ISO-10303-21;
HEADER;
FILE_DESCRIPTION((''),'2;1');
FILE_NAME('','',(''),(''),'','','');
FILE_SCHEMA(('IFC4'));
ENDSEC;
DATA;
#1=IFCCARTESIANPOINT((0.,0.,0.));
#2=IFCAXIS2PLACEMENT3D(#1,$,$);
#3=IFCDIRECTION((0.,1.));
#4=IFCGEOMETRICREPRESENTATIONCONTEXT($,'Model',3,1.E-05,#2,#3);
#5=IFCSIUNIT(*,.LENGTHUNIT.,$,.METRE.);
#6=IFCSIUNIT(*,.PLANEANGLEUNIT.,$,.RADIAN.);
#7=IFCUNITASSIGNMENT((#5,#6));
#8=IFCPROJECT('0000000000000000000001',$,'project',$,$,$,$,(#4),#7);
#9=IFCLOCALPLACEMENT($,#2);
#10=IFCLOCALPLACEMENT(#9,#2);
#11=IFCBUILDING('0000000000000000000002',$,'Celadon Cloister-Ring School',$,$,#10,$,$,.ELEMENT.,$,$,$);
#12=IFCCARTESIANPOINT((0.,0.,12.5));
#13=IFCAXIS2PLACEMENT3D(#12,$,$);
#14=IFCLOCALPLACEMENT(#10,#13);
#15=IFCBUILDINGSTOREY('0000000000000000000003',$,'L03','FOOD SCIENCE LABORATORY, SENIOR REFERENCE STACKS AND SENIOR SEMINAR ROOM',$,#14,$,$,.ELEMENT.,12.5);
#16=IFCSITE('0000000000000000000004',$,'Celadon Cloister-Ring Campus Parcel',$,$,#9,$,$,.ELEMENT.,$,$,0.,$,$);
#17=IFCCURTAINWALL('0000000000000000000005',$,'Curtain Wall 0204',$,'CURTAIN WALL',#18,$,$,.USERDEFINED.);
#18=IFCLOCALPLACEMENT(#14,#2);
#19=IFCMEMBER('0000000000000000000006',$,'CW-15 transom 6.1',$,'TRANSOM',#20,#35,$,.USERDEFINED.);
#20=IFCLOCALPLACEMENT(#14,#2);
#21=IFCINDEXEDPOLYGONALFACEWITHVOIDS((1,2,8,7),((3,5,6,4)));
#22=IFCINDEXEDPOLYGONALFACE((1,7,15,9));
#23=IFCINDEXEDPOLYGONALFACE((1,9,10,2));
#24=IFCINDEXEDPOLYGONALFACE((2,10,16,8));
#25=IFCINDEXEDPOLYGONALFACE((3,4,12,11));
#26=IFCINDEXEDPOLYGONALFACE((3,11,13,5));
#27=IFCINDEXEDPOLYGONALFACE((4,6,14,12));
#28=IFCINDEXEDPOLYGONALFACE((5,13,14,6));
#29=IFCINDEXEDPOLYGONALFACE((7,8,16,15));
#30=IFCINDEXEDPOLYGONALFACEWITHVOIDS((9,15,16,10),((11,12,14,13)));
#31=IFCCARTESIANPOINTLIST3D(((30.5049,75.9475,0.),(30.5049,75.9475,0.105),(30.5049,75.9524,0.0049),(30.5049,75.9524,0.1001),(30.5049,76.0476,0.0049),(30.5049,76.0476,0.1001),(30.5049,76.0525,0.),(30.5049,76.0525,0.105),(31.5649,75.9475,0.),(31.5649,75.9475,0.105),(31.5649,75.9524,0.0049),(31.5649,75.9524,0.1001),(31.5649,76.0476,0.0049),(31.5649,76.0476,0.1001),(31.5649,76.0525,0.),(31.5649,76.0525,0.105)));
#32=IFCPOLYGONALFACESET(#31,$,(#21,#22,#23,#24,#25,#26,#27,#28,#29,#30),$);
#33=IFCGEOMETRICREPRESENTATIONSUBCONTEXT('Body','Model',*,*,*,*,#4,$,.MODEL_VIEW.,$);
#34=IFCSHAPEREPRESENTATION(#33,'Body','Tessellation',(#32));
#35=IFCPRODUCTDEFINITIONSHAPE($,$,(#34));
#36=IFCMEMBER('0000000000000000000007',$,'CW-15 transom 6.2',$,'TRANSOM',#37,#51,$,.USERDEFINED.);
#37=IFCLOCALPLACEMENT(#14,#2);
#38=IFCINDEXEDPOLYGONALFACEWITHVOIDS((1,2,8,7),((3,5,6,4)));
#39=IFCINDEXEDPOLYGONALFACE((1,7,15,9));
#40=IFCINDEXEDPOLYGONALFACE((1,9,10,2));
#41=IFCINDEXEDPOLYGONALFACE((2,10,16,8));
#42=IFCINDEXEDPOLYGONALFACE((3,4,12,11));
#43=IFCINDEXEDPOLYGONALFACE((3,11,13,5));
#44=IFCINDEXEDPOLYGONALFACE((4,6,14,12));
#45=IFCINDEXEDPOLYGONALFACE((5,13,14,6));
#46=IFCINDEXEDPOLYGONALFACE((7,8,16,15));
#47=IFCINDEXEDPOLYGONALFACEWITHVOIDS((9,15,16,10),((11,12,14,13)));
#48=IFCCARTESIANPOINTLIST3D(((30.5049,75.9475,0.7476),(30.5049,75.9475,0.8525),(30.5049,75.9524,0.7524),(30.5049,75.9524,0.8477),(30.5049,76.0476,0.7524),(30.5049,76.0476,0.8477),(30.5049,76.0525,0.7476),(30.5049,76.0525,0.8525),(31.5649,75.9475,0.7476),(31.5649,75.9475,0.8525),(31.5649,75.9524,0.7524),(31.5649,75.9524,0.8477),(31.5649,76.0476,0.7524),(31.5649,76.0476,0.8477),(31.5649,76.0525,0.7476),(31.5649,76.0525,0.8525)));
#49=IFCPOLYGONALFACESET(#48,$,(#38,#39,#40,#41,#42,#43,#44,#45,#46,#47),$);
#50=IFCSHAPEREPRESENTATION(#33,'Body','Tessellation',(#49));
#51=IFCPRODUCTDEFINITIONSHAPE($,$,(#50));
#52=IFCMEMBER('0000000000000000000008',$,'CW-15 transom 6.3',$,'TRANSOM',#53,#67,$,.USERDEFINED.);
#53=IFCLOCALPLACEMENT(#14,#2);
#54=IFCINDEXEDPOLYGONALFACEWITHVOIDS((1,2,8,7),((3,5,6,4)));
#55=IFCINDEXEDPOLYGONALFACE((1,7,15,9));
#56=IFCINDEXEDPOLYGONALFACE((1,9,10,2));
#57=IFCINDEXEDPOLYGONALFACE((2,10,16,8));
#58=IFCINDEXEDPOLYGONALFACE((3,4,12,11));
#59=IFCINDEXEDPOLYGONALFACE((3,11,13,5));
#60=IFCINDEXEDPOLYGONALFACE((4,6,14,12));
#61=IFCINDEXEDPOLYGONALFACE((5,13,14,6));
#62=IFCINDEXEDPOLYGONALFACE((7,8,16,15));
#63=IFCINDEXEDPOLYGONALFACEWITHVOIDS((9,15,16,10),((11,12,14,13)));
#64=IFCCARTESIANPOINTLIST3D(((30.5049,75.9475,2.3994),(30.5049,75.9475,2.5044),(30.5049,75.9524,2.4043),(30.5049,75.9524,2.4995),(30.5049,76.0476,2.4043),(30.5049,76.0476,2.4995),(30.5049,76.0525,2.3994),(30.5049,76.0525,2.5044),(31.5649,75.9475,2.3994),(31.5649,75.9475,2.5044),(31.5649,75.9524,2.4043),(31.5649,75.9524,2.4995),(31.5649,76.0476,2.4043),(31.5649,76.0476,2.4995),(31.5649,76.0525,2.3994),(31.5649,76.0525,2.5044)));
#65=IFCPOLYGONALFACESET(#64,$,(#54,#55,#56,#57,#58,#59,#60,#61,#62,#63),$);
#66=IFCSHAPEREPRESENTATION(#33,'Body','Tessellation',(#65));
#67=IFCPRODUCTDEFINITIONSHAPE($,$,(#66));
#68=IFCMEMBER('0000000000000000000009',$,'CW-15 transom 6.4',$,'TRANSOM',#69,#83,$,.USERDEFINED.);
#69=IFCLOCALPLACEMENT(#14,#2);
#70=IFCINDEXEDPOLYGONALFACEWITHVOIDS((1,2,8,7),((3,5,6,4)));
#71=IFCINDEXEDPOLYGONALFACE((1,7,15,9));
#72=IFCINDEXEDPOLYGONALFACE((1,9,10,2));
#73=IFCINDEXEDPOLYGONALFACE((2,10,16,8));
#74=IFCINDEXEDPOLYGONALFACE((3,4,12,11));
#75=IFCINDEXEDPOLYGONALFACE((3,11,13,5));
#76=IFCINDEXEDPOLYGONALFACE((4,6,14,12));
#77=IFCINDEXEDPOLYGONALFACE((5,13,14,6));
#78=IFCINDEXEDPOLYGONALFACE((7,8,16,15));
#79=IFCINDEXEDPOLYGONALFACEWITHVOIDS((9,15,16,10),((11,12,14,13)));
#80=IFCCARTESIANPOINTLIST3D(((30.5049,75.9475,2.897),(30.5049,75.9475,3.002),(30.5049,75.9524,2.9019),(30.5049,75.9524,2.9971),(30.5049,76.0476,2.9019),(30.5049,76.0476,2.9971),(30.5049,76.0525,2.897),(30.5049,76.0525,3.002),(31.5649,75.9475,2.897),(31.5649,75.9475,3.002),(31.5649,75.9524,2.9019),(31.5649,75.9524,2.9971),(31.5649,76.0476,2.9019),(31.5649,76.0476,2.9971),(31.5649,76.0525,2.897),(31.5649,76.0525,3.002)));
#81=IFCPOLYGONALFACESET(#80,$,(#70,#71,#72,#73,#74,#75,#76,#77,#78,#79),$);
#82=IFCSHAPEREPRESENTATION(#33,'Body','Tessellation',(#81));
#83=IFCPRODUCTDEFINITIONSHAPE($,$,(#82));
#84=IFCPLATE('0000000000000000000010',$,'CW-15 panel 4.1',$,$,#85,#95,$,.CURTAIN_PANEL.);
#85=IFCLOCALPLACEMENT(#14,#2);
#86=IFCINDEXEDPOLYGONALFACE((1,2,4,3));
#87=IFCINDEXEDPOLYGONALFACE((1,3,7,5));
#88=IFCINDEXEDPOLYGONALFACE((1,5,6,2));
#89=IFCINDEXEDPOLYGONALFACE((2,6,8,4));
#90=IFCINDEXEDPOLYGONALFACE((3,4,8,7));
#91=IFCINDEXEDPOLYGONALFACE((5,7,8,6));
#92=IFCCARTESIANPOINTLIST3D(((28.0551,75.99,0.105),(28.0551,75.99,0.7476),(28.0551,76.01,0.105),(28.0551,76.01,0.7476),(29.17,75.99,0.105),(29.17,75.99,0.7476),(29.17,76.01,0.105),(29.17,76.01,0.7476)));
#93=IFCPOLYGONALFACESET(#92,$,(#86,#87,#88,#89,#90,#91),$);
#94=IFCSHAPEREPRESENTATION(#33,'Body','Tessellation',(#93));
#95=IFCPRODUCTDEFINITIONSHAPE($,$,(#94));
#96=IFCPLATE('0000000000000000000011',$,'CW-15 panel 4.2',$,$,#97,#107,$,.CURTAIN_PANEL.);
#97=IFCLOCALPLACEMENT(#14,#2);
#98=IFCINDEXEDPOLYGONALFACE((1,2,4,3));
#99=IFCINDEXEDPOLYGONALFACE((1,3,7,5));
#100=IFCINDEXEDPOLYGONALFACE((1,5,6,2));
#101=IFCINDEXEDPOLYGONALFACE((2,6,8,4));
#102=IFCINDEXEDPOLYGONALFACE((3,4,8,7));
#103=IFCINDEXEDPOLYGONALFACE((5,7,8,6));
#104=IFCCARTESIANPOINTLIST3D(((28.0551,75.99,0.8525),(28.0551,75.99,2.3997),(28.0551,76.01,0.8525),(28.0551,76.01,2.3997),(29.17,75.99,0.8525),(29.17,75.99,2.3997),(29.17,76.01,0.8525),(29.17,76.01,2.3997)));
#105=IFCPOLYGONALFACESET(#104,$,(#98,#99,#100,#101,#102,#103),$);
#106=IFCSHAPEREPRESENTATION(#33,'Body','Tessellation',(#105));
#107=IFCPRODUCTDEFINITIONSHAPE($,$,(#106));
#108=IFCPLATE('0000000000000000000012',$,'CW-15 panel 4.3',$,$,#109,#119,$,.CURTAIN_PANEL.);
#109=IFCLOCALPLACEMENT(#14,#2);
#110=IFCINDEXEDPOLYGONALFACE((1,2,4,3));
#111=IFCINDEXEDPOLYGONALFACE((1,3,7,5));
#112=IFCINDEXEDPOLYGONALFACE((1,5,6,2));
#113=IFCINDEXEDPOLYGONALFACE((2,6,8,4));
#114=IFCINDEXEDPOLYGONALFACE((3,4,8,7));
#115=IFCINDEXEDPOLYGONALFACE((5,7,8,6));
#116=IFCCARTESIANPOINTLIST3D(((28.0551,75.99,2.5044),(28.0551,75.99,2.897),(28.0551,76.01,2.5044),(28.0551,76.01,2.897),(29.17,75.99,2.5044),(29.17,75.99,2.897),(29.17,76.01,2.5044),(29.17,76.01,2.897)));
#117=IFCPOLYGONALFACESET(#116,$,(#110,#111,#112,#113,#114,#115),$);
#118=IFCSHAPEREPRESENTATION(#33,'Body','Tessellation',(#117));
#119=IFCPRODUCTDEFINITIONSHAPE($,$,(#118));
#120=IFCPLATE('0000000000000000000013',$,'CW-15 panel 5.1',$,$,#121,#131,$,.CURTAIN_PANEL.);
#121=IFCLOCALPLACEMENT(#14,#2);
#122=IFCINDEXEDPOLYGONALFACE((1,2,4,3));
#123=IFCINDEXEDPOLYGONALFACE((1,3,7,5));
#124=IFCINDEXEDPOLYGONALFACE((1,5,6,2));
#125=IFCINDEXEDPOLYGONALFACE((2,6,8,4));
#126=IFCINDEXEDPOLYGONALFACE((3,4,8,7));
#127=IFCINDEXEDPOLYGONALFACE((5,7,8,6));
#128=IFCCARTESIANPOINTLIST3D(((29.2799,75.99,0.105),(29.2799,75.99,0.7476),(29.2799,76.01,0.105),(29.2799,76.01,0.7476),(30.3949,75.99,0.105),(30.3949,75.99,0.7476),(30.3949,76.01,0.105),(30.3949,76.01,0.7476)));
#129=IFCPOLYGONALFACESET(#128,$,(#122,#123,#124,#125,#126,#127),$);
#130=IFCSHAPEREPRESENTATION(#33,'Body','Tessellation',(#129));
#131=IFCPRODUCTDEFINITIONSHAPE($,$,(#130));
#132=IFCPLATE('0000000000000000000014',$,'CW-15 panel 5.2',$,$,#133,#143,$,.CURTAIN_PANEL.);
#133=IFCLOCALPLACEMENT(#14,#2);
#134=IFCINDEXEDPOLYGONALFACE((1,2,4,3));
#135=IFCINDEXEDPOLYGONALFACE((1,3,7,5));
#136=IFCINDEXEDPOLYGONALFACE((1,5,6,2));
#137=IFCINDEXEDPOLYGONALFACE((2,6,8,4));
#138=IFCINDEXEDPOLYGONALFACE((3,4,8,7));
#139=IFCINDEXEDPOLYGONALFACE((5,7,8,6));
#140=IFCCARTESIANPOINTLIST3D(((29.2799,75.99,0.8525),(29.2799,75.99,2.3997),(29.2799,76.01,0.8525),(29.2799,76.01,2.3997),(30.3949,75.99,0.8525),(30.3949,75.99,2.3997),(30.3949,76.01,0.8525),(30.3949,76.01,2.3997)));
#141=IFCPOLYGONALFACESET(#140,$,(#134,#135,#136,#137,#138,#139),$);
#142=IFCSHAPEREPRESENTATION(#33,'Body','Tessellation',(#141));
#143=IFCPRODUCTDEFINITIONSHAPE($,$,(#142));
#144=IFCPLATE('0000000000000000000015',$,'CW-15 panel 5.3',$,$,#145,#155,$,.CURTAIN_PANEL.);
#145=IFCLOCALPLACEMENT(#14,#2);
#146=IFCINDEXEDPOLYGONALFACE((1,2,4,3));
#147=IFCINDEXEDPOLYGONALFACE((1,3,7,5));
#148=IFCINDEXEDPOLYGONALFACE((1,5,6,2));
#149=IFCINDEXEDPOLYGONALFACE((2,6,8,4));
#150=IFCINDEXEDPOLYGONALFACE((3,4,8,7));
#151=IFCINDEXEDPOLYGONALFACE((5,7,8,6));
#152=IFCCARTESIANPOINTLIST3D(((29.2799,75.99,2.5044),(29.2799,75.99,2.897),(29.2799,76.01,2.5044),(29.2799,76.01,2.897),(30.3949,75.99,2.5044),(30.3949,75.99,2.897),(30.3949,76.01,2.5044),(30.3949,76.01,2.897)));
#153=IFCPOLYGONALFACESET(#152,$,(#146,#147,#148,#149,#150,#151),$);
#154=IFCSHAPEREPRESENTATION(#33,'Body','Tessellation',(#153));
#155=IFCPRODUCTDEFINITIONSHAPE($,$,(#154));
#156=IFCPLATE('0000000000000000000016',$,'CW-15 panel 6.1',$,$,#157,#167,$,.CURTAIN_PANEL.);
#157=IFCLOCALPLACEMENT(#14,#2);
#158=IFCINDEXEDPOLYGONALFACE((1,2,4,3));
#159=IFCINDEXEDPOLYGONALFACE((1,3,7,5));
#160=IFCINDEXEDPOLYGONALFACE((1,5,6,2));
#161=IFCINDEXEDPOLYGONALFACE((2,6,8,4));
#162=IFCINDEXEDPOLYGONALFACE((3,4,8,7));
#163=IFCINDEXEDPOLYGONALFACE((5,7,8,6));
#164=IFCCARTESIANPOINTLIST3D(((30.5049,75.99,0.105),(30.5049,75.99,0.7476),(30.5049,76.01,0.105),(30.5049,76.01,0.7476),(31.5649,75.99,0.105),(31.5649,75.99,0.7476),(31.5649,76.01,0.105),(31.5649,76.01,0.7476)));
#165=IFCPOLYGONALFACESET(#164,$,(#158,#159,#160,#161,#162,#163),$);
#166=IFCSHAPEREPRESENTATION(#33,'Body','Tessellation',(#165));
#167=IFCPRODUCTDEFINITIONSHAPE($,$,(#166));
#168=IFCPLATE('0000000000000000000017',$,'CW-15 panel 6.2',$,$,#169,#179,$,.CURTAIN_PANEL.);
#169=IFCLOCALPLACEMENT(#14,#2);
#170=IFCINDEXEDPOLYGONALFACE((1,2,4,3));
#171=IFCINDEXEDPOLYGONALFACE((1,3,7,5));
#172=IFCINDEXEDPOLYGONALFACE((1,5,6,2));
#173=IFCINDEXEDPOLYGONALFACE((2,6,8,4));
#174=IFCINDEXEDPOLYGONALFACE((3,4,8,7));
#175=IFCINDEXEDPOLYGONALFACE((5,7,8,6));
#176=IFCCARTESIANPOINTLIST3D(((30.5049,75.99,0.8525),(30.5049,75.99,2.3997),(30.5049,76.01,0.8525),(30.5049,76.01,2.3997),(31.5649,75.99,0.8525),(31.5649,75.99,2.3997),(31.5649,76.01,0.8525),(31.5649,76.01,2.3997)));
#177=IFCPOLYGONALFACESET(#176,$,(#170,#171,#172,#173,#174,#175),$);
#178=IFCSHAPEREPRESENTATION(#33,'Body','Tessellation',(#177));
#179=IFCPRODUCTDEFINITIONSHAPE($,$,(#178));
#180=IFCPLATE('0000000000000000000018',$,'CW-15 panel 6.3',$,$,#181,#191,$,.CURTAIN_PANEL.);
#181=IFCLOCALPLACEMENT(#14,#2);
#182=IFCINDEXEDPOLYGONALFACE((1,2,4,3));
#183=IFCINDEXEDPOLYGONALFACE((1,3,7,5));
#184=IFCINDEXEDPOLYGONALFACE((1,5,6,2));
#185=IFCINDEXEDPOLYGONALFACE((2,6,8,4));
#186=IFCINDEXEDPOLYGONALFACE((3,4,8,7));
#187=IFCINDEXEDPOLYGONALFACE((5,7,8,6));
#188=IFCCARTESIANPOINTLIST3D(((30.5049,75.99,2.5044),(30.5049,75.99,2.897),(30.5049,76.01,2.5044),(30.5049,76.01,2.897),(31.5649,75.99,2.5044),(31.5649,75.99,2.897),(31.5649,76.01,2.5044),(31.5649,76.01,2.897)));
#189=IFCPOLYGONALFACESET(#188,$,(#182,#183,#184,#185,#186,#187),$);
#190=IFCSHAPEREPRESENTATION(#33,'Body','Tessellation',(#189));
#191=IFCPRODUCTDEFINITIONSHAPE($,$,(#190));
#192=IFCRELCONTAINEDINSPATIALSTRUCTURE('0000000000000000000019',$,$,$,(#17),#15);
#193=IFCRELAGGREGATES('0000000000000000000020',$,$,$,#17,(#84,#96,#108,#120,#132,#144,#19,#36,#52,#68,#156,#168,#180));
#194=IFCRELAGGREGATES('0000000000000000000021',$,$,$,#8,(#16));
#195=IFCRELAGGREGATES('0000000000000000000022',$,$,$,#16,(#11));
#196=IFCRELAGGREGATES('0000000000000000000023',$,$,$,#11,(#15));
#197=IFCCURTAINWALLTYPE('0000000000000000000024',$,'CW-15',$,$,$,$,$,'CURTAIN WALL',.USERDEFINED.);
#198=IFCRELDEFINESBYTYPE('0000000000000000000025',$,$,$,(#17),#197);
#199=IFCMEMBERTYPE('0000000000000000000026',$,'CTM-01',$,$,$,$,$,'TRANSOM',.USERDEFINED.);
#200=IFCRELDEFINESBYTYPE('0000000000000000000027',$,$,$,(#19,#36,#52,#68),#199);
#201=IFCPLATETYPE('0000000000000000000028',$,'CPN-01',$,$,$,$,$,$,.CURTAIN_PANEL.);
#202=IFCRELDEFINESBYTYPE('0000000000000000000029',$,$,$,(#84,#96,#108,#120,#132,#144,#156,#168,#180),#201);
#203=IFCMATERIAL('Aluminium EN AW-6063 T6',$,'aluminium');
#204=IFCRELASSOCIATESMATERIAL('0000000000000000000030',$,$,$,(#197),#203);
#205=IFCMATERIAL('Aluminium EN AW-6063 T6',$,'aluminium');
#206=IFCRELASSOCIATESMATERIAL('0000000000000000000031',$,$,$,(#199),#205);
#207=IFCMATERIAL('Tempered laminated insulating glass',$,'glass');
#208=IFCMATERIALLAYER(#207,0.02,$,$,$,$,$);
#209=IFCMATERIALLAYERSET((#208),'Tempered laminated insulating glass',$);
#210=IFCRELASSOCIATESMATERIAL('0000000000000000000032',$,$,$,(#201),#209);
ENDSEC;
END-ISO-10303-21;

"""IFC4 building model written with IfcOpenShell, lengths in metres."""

from ifc_helpers import new_model, si_unit, direction, frame, origin, origin_2d, place, context, subcontext, project, spatial, rectangle, hollow_rectangle, extrude, material, layer, layer_set, material_profile, profile_set, type_object, element, aggregate, save


model = new_model("IFC4")

# Units and contexts
model_context = context("Model", 3, precision=1e-05, world=origin(), true_north=direction((0.0, 1.0)))
body_context = subcontext(model_context, "Body", "Model", "MODEL_VIEW")
ifc_project = project(units=[si_unit("LENGTHUNIT", "METRE"), si_unit("PLANEANGLEUNIT", "RADIAN")], contexts=[model_context])

# Site, building, storey
site_placement = place(None, origin())
site = spatial("IfcSite", under=ifc_project, at=site_placement, Name="Celadon Cloister-Ring Campus Parcel", CompositionType="ELEMENT", RefElevation=0.0)
building_placement = place(site_placement, origin())
building = spatial("IfcBuilding", under=site, at=building_placement, Name="Celadon Cloister-Ring School", CompositionType="ELEMENT")
storey_placement = place(building_placement, frame((0.0, 0.0, 12.5)))
storey = spatial("IfcBuildingStorey", under=building, at=storey_placement, Name="L03", Description="FOOD SCIENCE LABORATORY, SENIOR REFERENCE STACKS AND SENIOR SEMINAR ROOM", CompositionType="ELEMENT", Elevation=12.5)

# Curtain wall, members, plates
ifc_material_1 = material(Name="Aluminium EN AW-6063 T6", Category="aluminium")
curtain_wall_type = type_object("IfcCurtainWallType", Name="CW-15", ElementType="CURTAIN WALL", PredefinedType="USERDEFINED", material=ifc_material_1)
curtain_wall_placement = place(storey_placement, origin())
curtain_wall = element("IfcCurtainWall", 1, at=curtain_wall_placement, inside=storey, type_object=curtain_wall_type, Name="Curtain Wall 0204", ObjectType="CURTAIN WALL", PredefinedType="USERDEFINED")
ifc_material_2 = material(Name="Aluminium EN AW-6063 T6", Category="aluminium")
ifc_material_profile_1 = material_profile(ifc_material_2, hollow_rectangle(XDim=0.105, YDim=0.105, WallThickness=0.0049, at=origin_2d()), Name="RHS105X105X5")
ifc_profile_set_1 = profile_set([ifc_material_profile_1], Name="Aluminium EN AW-6063 T6")
member_type_1 = type_object("IfcMemberType", Name="CTM-01", ElementType="TRANSOM", PredefinedType="USERDEFINED", material=ifc_profile_set_1)
member_1_placement = place(storey_placement, frame((30.5049, 76.0, 0.0525), z_axis=(1.0, 0.0, 0.0), x_axis=(0.0, 1.0, 0.0)))
member_1 = element("IfcMember", 2, at=member_1_placement, type_object=member_type_1, Name="CW-15 transom 6.1", ObjectType="TRANSOM", PredefinedType="USERDEFINED", context=body_context, shape_type="SweptSolid", body=[
    extrude(hollow_rectangle(XDim=0.105, YDim=0.105, WallThickness=0.0049, at=origin_2d()), origin(), (0.0, 0.0, 1.0), 1.0601),
])
member_2_placement = place(storey_placement, frame((30.5049, 76.0, 0.8), z_axis=(1.0, 0.0, 0.0), x_axis=(0.0, 1.0, 0.0)))
member_2 = element("IfcMember", 3, at=member_2_placement, type_object=member_type_1, Name="CW-15 transom 6.2", ObjectType="TRANSOM", PredefinedType="USERDEFINED", context=body_context, shape_type="SweptSolid", body=[
    extrude(hollow_rectangle(XDim=0.105, YDim=0.105, WallThickness=0.0049, at=origin_2d()), origin(), (0.0, 0.0, 1.0), 1.0601),
])
member_3_placement = place(storey_placement, frame((30.5049, 76.0, 2.4519), z_axis=(1.0, 0.0, 0.0), x_axis=(0.0, 1.0, 0.0)))
member_3 = element("IfcMember", 4, at=member_3_placement, type_object=member_type_1, Name="CW-15 transom 6.3", ObjectType="TRANSOM", PredefinedType="USERDEFINED", context=body_context, shape_type="SweptSolid", body=[
    extrude(hollow_rectangle(XDim=0.105, YDim=0.105, WallThickness=0.0049, at=origin_2d()), origin(), (0.0, 0.0, 1.0), 1.0601),
])
member_4_placement = place(storey_placement, frame((30.5049, 76.0, 2.9495), z_axis=(1.0, 0.0, 0.0), x_axis=(0.0, 1.0, 0.0)))
member_4 = element("IfcMember", 5, at=member_4_placement, type_object=member_type_1, Name="CW-15 transom 6.4", ObjectType="TRANSOM", PredefinedType="USERDEFINED", context=body_context, shape_type="SweptSolid", body=[
    extrude(hollow_rectangle(XDim=0.105, YDim=0.105, WallThickness=0.0049, at=origin_2d()), origin(), (0.0, 0.0, 1.0), 1.0601),
])
ifc_material_3 = material(Name="Tempered laminated insulating glass", Category="glass")
ifc_layer = layer(ifc_material_3, 0.02)
ifc_layer_set = layer_set([ifc_layer], Name="Tempered laminated insulating glass")
plate_type = type_object("IfcPlateType", Name="CPN-01", PredefinedType="CURTAIN_PANEL", material=ifc_layer_set)
plate_1_placement = place(storey_placement, frame((28.6125, 76.0, 0.105), z_axis=(0.0, 0.0, 1.0), x_axis=(1.0, 0.0, 0.0)))
plate_1 = element("IfcPlate", 6, at=plate_1_placement, type_object=plate_type, Name="CW-15 panel 4.1", PredefinedType="CURTAIN_PANEL", context=body_context, shape_type="SweptSolid", body=[
    extrude(rectangle(XDim=1.115, YDim=0.02, at=origin_2d()), origin(), (0.0, 0.0, 1.0), 0.6426),
])
plate_2_placement = place(storey_placement, frame((28.6125, 76.0, 0.8525), z_axis=(0.0, 0.0, 1.0), x_axis=(1.0, 0.0, 0.0)))
plate_2 = element("IfcPlate", 7, at=plate_2_placement, type_object=plate_type, Name="CW-15 panel 4.2", PredefinedType="CURTAIN_PANEL", context=body_context, shape_type="SweptSolid", body=[
    extrude(rectangle(XDim=1.115, YDim=0.02, at=origin_2d()), origin(), (0.0, 0.0, 1.0), 1.5471),
])
plate_3_placement = place(storey_placement, frame((28.6125, 76.0, 2.5044), z_axis=(0.0, 0.0, 1.0), x_axis=(1.0, 0.0, 0.0)))
plate_3 = element("IfcPlate", 8, at=plate_3_placement, type_object=plate_type, Name="CW-15 panel 4.3", PredefinedType="CURTAIN_PANEL", context=body_context, shape_type="SweptSolid", body=[
    extrude(rectangle(XDim=1.115, YDim=0.02, at=origin_2d()), origin(), (0.0, 0.0, 1.0), 0.3926),
])
plate_4_placement = place(storey_placement, frame((29.8374, 76.0, 0.105), z_axis=(0.0, 0.0, 1.0), x_axis=(1.0, 0.0, 0.0)))
plate_4 = element("IfcPlate", 9, at=plate_4_placement, type_object=plate_type, Name="CW-15 panel 5.1", PredefinedType="CURTAIN_PANEL", context=body_context, shape_type="SweptSolid", body=[
    extrude(rectangle(XDim=1.115, YDim=0.02, at=origin_2d()), origin(), (0.0, 0.0, 1.0), 0.6426),
])
plate_5_placement = place(storey_placement, frame((29.8374, 76.0, 0.8525), z_axis=(0.0, 0.0, 1.0), x_axis=(1.0, 0.0, 0.0)))
plate_5 = element("IfcPlate", 10, at=plate_5_placement, type_object=plate_type, Name="CW-15 panel 5.2", PredefinedType="CURTAIN_PANEL", context=body_context, shape_type="SweptSolid", body=[
    extrude(rectangle(XDim=1.115, YDim=0.02, at=origin_2d()), origin(), (0.0, 0.0, 1.0), 1.5471),
])
plate_6_placement = place(storey_placement, frame((29.8374, 76.0, 2.5044), z_axis=(0.0, 0.0, 1.0), x_axis=(1.0, 0.0, 0.0)))
plate_6 = element("IfcPlate", 11, at=plate_6_placement, type_object=plate_type, Name="CW-15 panel 5.3", PredefinedType="CURTAIN_PANEL", context=body_context, shape_type="SweptSolid", body=[
    extrude(rectangle(XDim=1.115, YDim=0.02, at=origin_2d()), origin(), (0.0, 0.0, 1.0), 0.3926),
])
plate_7_placement = place(storey_placement, frame((31.0349, 76.0, 0.105), z_axis=(0.0, 0.0, 1.0), x_axis=(1.0, 0.0, 0.0)))
plate_7 = element("IfcPlate", 12, at=plate_7_placement, type_object=plate_type, Name="CW-15 panel 6.1", PredefinedType="CURTAIN_PANEL", context=body_context, shape_type="SweptSolid", body=[
    extrude(rectangle(XDim=1.0601, YDim=0.02, at=origin_2d()), origin(), (0.0, 0.0, 1.0), 0.6426),
])
plate_8_placement = place(storey_placement, frame((31.0349, 76.0, 0.8525), z_axis=(0.0, 0.0, 1.0), x_axis=(1.0, 0.0, 0.0)))
plate_8 = element("IfcPlate", 13, at=plate_8_placement, type_object=plate_type, Name="CW-15 panel 6.2", PredefinedType="CURTAIN_PANEL", context=body_context, shape_type="SweptSolid", body=[
    extrude(rectangle(XDim=1.0601, YDim=0.02, at=origin_2d()), origin(), (0.0, 0.0, 1.0), 1.5471),
])
plate_9_placement = place(storey_placement, frame((31.0349, 76.0, 2.5044), z_axis=(0.0, 0.0, 1.0), x_axis=(1.0, 0.0, 0.0)))
plate_9 = element("IfcPlate", 14, at=plate_9_placement, type_object=plate_type, Name="CW-15 panel 6.3", PredefinedType="CURTAIN_PANEL", context=body_context, shape_type="SweptSolid", body=[
    extrude(rectangle(XDim=1.0601, YDim=0.02, at=origin_2d()), origin(), (0.0, 0.0, 1.0), 0.3926),
])
aggregate(curtain_wall, [plate_1, plate_2, plate_3, plate_4, plate_5, plate_6, member_1, member_2, member_3, member_4, plate_7, plate_8, plate_9])

save(model, "model.ifc")
